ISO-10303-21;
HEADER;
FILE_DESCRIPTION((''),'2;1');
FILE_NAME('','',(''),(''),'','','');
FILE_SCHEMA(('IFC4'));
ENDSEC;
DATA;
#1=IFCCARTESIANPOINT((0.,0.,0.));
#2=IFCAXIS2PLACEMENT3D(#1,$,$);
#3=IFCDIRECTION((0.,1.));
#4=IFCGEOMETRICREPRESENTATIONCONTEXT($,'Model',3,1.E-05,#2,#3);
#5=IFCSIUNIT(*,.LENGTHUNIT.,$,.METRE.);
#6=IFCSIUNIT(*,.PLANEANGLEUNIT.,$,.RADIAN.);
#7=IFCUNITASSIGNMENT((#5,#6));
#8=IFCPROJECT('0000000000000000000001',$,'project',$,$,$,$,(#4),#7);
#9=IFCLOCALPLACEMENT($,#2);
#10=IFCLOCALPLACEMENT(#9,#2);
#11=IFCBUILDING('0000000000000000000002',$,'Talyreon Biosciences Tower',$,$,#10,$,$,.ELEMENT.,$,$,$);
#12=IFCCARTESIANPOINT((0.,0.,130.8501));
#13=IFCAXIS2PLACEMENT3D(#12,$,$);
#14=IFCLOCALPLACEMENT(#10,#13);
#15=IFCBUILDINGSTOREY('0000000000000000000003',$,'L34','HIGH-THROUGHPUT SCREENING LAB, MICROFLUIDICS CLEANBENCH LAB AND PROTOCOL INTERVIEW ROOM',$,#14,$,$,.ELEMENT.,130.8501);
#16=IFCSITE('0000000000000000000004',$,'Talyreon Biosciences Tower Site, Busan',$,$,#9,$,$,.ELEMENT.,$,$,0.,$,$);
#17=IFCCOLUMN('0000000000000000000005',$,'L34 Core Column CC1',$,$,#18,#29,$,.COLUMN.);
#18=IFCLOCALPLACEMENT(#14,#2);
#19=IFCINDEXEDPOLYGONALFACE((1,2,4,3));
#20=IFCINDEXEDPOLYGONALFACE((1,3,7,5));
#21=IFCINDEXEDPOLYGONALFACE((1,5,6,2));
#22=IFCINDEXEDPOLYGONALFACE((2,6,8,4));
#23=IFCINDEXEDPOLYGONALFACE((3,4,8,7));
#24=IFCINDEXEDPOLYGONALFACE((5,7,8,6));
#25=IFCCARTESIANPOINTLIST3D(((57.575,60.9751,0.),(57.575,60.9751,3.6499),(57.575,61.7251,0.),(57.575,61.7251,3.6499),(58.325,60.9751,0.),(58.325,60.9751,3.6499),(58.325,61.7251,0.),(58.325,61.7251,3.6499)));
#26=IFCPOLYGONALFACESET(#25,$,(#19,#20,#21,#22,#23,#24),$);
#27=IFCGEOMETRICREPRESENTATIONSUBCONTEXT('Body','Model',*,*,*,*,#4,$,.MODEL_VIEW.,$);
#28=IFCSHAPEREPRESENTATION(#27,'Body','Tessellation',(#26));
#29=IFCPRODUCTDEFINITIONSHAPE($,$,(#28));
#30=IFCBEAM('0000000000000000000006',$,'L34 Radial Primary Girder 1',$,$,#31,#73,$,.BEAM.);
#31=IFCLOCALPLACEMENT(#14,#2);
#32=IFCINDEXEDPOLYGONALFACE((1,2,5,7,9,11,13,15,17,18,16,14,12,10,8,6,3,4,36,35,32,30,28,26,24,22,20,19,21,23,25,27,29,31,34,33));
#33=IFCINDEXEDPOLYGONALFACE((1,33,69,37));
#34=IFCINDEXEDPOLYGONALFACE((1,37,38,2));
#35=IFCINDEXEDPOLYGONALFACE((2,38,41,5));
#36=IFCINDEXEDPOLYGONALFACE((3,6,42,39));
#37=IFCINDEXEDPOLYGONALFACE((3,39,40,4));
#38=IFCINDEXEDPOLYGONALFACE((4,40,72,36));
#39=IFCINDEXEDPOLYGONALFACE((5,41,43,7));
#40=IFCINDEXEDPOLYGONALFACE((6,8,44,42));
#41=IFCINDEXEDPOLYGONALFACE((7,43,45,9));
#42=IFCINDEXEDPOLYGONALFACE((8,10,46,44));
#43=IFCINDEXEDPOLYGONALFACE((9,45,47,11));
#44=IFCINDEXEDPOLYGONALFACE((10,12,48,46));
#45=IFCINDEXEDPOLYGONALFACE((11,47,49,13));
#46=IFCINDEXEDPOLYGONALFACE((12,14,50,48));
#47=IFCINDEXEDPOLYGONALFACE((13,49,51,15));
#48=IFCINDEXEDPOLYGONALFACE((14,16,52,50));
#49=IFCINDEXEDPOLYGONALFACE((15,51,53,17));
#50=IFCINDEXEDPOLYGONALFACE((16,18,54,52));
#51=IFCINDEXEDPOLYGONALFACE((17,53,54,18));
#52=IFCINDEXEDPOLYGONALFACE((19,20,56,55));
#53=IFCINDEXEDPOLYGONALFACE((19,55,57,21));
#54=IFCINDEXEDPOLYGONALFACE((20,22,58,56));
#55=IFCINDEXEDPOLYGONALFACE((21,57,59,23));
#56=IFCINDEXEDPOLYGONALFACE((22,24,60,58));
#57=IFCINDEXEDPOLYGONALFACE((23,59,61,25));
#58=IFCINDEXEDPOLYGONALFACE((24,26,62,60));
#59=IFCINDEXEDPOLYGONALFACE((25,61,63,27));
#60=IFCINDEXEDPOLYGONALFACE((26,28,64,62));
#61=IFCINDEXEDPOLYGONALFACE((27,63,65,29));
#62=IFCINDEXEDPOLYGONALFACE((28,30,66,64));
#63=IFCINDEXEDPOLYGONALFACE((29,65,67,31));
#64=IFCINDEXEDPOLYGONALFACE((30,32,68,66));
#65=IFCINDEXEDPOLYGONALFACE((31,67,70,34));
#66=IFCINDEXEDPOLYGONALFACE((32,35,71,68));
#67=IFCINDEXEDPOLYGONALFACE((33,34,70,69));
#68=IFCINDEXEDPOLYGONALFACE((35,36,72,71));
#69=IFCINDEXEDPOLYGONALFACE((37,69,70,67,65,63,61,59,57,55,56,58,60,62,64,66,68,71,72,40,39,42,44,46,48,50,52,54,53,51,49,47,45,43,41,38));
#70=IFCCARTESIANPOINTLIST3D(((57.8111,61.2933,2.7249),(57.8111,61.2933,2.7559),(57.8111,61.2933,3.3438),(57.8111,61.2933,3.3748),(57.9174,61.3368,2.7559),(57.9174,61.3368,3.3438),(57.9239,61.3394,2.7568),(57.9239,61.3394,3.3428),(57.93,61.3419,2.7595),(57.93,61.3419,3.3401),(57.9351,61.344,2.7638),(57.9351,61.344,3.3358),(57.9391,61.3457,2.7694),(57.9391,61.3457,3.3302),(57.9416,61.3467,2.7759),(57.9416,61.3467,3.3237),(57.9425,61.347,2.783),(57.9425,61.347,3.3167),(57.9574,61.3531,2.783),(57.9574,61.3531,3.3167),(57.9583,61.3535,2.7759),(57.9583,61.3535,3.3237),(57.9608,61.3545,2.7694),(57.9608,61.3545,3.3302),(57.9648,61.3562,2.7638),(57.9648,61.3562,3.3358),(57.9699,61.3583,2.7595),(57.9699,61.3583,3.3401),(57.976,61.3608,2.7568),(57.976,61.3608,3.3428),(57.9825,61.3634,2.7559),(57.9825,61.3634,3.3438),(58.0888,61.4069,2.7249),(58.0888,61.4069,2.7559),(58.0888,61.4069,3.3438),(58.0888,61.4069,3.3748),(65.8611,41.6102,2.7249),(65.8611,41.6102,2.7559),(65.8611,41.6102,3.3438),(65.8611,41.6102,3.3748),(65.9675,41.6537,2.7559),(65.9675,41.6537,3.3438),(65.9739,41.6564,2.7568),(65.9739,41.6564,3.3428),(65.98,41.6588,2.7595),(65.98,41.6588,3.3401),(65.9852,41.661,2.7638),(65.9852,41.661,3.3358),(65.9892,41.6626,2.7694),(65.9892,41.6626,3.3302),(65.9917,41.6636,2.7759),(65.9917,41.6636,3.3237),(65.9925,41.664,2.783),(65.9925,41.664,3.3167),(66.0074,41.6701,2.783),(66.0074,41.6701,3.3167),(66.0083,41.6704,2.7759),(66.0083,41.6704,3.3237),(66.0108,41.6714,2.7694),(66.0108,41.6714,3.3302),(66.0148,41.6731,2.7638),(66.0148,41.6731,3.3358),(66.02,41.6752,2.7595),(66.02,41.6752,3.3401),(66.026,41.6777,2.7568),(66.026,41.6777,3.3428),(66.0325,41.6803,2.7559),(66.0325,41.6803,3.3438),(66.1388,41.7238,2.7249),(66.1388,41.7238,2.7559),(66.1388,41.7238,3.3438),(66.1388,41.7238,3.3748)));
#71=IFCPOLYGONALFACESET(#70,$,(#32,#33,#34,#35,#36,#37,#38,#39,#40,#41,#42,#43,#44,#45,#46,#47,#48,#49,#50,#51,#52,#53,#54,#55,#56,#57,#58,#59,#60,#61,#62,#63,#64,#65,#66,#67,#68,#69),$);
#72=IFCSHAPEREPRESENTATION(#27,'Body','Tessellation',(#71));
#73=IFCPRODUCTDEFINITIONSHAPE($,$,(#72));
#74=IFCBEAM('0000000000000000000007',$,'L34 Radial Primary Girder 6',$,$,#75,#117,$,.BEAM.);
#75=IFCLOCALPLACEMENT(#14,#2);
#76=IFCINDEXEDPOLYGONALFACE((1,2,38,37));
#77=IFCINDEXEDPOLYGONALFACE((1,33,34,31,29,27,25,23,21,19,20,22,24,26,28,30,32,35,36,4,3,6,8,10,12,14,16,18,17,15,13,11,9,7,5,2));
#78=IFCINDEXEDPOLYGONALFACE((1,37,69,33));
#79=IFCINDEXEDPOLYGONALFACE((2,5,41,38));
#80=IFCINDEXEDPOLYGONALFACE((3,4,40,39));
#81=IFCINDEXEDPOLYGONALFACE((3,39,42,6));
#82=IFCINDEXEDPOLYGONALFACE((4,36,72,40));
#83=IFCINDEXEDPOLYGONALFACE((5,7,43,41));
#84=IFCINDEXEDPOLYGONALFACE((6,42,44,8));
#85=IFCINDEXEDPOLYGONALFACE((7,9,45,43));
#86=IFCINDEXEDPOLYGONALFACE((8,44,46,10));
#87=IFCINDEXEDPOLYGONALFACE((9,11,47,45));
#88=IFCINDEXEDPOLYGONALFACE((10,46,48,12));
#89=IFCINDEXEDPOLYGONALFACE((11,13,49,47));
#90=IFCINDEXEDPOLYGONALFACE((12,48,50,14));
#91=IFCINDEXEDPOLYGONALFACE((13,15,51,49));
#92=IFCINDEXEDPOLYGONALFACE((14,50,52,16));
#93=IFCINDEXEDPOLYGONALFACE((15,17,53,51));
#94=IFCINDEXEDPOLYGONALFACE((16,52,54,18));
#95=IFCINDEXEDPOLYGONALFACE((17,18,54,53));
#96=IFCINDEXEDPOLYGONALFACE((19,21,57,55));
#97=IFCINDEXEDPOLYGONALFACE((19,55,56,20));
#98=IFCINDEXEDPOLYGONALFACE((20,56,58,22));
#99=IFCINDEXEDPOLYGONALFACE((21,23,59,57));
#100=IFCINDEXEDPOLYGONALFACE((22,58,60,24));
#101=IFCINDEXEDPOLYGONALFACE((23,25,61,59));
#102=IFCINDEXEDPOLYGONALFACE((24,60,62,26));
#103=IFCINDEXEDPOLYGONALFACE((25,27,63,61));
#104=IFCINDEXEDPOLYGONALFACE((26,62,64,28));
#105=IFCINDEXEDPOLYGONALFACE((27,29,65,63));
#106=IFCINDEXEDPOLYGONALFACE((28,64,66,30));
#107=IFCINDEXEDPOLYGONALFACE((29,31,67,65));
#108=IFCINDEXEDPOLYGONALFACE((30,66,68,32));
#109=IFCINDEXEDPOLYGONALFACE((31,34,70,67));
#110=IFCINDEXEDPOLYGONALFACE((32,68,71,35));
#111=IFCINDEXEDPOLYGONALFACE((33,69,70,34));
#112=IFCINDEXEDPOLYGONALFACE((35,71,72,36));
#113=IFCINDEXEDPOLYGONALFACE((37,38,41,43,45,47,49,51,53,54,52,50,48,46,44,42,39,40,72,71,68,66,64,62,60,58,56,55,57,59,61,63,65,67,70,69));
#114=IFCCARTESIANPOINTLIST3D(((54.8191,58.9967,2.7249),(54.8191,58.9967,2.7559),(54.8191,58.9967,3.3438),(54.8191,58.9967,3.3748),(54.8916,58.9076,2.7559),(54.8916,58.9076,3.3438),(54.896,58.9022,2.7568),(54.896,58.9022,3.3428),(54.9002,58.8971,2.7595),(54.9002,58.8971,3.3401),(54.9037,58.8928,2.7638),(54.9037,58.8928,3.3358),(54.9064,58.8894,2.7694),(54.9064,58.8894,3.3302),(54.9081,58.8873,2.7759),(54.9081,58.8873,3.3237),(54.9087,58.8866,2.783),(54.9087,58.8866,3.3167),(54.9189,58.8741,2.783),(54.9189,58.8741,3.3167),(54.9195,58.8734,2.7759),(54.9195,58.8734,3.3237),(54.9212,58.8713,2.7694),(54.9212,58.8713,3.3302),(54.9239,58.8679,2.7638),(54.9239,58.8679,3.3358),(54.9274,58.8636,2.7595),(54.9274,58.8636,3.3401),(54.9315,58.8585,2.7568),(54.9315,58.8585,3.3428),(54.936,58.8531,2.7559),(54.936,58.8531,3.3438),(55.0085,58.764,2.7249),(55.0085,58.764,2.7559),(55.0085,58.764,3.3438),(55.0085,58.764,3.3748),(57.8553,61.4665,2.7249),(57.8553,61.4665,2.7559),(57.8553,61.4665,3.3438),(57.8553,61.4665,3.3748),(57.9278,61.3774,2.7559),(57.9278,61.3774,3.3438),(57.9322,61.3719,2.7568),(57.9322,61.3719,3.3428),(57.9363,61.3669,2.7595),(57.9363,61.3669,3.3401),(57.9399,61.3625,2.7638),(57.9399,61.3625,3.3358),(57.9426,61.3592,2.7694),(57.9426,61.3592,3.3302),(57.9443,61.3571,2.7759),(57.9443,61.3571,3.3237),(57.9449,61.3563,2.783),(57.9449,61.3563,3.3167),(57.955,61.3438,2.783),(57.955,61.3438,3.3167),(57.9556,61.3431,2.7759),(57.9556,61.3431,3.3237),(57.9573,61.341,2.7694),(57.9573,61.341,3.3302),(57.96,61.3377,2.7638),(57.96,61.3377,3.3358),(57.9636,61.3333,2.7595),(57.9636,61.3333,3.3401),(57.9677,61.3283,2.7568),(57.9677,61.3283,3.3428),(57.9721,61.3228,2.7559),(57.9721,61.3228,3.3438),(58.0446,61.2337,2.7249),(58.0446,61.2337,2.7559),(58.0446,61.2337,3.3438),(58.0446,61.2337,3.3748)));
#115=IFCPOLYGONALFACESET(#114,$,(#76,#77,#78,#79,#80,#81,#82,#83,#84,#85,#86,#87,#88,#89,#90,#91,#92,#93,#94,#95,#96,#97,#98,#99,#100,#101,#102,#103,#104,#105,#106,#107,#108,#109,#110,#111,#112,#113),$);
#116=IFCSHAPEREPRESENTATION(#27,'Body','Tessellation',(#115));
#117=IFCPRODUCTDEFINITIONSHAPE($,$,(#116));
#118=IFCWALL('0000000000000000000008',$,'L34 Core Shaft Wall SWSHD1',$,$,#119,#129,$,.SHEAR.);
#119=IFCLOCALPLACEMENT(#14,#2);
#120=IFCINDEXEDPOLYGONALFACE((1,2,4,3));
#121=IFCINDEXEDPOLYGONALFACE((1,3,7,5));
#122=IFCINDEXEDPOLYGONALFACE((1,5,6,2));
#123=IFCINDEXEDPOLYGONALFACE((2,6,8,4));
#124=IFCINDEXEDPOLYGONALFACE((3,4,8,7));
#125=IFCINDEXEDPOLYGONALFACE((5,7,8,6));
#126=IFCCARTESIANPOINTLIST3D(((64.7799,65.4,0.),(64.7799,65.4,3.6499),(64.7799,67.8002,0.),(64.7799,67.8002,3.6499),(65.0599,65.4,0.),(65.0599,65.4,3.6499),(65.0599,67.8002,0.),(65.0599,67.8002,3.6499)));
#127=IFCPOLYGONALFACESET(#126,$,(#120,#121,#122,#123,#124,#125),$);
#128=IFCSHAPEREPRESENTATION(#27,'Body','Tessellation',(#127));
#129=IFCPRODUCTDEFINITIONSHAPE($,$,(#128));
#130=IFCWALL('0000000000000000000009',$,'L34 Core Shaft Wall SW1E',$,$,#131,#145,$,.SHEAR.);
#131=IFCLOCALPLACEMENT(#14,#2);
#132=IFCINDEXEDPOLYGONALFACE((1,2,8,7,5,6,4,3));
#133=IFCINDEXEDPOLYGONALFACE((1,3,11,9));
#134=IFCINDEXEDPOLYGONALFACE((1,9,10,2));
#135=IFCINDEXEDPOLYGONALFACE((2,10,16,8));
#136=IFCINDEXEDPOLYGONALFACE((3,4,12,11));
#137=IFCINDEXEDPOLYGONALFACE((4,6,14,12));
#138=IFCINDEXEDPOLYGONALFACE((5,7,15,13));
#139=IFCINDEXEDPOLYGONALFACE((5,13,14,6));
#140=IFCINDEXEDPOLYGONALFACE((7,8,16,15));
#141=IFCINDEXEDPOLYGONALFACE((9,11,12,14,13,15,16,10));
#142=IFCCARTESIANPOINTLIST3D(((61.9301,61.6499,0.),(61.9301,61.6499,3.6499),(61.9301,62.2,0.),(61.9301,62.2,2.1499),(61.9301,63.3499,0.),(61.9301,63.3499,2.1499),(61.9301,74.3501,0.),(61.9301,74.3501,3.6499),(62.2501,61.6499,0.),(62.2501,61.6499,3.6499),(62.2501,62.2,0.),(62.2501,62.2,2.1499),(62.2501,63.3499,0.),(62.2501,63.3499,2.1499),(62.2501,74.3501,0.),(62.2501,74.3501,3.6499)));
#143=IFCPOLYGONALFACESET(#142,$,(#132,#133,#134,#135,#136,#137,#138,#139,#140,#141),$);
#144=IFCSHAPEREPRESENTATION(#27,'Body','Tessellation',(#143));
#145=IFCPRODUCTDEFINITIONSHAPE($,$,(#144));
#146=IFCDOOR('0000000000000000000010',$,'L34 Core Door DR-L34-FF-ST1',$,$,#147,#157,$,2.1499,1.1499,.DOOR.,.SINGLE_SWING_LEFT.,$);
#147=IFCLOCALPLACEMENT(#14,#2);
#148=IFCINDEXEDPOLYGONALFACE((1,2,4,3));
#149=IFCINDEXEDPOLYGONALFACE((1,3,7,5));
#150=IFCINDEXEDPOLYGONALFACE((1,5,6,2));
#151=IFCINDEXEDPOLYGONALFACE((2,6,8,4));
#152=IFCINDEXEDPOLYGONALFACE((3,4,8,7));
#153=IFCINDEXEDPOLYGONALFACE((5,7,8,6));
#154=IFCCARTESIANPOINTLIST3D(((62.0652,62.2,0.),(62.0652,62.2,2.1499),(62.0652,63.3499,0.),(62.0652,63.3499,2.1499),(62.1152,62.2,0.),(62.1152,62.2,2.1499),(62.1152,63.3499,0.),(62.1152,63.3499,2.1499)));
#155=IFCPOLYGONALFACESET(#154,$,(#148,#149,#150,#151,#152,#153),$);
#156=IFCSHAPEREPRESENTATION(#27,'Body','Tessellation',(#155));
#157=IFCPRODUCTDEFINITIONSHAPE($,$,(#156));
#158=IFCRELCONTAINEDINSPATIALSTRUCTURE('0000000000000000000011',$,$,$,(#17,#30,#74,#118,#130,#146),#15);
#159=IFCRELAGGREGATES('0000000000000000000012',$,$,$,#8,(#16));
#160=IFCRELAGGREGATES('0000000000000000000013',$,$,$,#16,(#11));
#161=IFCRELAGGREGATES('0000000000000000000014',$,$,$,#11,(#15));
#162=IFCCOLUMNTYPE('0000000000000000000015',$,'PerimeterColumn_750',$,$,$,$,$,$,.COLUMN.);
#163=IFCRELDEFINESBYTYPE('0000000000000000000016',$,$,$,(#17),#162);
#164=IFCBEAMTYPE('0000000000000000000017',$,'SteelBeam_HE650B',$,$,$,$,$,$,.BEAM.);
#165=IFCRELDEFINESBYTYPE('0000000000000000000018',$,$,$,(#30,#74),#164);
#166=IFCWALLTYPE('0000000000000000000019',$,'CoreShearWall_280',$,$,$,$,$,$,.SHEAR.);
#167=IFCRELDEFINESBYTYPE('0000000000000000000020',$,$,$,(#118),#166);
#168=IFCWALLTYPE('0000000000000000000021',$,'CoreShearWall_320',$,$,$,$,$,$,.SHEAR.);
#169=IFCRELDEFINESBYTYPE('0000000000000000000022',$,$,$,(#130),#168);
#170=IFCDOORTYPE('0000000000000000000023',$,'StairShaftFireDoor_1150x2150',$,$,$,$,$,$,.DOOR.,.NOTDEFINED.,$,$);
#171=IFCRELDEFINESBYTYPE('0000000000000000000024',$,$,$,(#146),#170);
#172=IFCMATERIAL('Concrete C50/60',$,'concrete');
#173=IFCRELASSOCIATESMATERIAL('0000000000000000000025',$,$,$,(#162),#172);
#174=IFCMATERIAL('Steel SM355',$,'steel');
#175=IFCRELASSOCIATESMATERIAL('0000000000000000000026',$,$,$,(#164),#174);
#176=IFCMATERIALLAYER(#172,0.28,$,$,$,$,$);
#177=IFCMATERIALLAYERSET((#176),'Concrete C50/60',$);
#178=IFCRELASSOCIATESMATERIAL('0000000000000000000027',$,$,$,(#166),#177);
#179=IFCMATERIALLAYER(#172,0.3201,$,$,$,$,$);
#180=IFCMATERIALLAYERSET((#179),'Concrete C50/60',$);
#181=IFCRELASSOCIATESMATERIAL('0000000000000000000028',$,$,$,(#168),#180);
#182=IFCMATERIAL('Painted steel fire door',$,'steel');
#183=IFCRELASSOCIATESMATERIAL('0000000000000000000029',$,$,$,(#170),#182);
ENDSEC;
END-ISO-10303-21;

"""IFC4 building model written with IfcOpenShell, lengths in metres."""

from ifc_helpers import new_model, si_unit, direction, frame, frame_2d, origin, origin_2d, place, context, subcontext, project, spatial, rectangle, i_section, extrude, material, layer, layer_set, material_profile, profile_set, type_object, element, fill, save


model = new_model("IFC4")

# Units and contexts
model_context = context("Model", 3, precision=1e-05, world=origin(), true_north=direction((0.0, 1.0)))
body_context = subcontext(model_context, "Body", "Model", "MODEL_VIEW")
ifc_project = project(units=[si_unit("LENGTHUNIT", "METRE"), si_unit("PLANEANGLEUNIT", "RADIAN")], contexts=[model_context])

# Site, building, storey
site_placement = place(None, origin())
site = spatial("IfcSite", under=ifc_project, at=site_placement, Name="Talyreon Biosciences Tower Site, Busan", CompositionType="ELEMENT", RefElevation=0.0)
building_placement = place(site_placement, origin())
building = spatial("IfcBuilding", under=site, at=building_placement, Name="Talyreon Biosciences Tower", CompositionType="ELEMENT")
storey_placement = place(building_placement, frame((0.0, 0.0, 130.8501)))
storey = spatial("IfcBuildingStorey", under=building, at=storey_placement, Name="L34", Description="HIGH-THROUGHPUT SCREENING LAB, MICROFLUIDICS CLEANBENCH LAB AND PROTOCOL INTERVIEW ROOM", CompositionType="ELEMENT", Elevation=130.8501)

# Column
ifc_material_1 = material(Name="Concrete C50/60", Category="concrete")
ifc_material_profile_1 = material_profile(ifc_material_1, rectangle(XDim=0.75, YDim=0.75, at=origin_2d()), Name="RC 750x750")
ifc_profile_set_1 = profile_set([ifc_material_profile_1], Name="Concrete C50/60")
column_type = type_object("IfcColumnType", Name="PerimeterColumn_750", PredefinedType="COLUMN", material=ifc_profile_set_1)
column_placement = place(storey_placement, frame((57.95, 61.3501, 0.0), z_axis=(0.0, 0.0, 1.0), x_axis=(1.0, 0.0, 0.0)))
element("IfcColumn", 1, at=column_placement, inside=storey, type_object=column_type, Name="L34 Core Column CC1", PredefinedType="COLUMN", context=body_context, shape_type="SweptSolid", body=[
    extrude(rectangle(XDim=0.75, YDim=0.75, at=origin_2d()), origin(), (0.0, 0.0, 1.0), 3.6499),
])

# Beams
ifc_material_2 = material(Name="Steel SM355", Category="steel")
ifc_material_profile_2 = material_profile(ifc_material_2, i_section(OverallWidth=0.3, OverallDepth=0.6499, WebThickness=0.0161, FlangeThickness=0.031, FilletRadius=0.0271, at=origin_2d()), Name="HE650B")
ifc_profile_set_2 = profile_set([ifc_material_profile_2], Name="Steel SM355")
beam_type = type_object("IfcBeamType", Name="SteelBeam_HE650B", PredefinedType="BEAM", material=ifc_profile_set_2)
beam_1_placement = place(storey_placement, frame((57.95, 61.3501, 3.0498), z_axis=(0.378547, -0.925582, 0.0), x_axis=(0.925582, 0.378547, 0.0)))
element("IfcBeam", 2, at=beam_1_placement, inside=storey, type_object=beam_type, Name="L34 Radial Primary Girder 1", PredefinedType="BEAM", context=body_context, shape_type="SweptSolid", body=[
    extrude(i_section(OverallWidth=0.3, OverallDepth=0.6499, WebThickness=0.0161, FlangeThickness=0.031, FilletRadius=0.0271, at=origin_2d()), origin(), (0.0, 0.0, 1.0), 21.2656),
])
beam_2_placement = place(storey_placement, frame((57.95, 61.3501, 3.0498), z_axis=(-0.775755, -0.631034, 0.0), x_axis=(0.631034, -0.775755, 0.0)))
element("IfcBeam", 3, at=beam_2_placement, inside=storey, type_object=beam_type, Name="L34 Radial Primary Girder 6", PredefinedType="BEAM", context=body_context, shape_type="SweptSolid", body=[
    extrude(i_section(OverallWidth=0.3, OverallDepth=0.6499, WebThickness=0.0161, FlangeThickness=0.031, FilletRadius=0.0271, at=origin_2d()), origin(), (0.0, 0.0, 1.0), 3.9138),
])

# Wall
ifc_layer_1 = layer(ifc_material_1, 0.28)
ifc_layer_set_1 = layer_set([ifc_layer_1], Name="Concrete C50/60")
wall_type_1 = type_object("IfcWallType", Name="CoreShearWall_280", PredefinedType="SHEAR", material=ifc_layer_set_1)
wall_1_placement = place(storey_placement, frame((64.9199, 65.3999, 0.0), z_axis=(0.0, 0.0, 1.0), x_axis=(0.0, 1.0, 0.0)))
element("IfcWall", 4, at=wall_1_placement, inside=storey, type_object=wall_type_1, Name="L34 Core Shaft Wall SWSHD1", PredefinedType="SHEAR", context=body_context, shape_type="SweptSolid", body=[
    extrude(rectangle(XDim=2.4001, YDim=0.28, at=frame_2d((1.2002, 0.0))), origin(), (0.0, 0.0, 1.0), 3.6499),
])

# Wall, opening, door
ifc_layer_2 = layer(ifc_material_1, 0.3201)
ifc_layer_set_2 = layer_set([ifc_layer_2], Name="Concrete C50/60")
wall_type_2 = type_object("IfcWallType", Name="CoreShearWall_320", PredefinedType="SHEAR", material=ifc_layer_set_2)
wall_2_placement = place(storey_placement, frame((62.0901, 61.6499, 0.0), z_axis=(0.0, 0.0, 1.0), x_axis=(0.0, 1.0, 0.0)))
wall_2 = element("IfcWall", 5, at=wall_2_placement, inside=storey, type_object=wall_type_2, Name="L34 Core Shaft Wall SW1E", PredefinedType="SHEAR", context=body_context, shape_type="SweptSolid", body=[
    extrude(rectangle(XDim=12.7002, YDim=0.3201, at=frame_2d((6.3501, 0.0))), origin(), (0.0, 0.0, 1.0), 3.6499),
])
opening_1_placement = place(wall_2_placement, frame((0.55, 0.0, 0.0)))
opening_1 = element("IfcOpeningElement", 6, at=opening_1_placement, cuts=wall_2, PredefinedType="OPENING", context=body_context, shape_type="SweptSolid", body=[
    extrude(rectangle(XDim=1.1499, YDim=2.1499, at=frame_2d((0.575, 1.075))), frame((0.0, 0.1699, 0.0), z_axis=(0.0, -1.0, 0.0), x_axis=(1.0, 0.0, 0.0)), (0.0, 0.0, 1.0), 0.3401),
])
ifc_material_3 = material(Name="Painted steel fire door", Category="steel")
door_type_1 = type_object("IfcDoorType", Name="StairShaftFireDoor_1150x2150", OperationType="NOTDEFINED", PredefinedType="DOOR", material=ifc_material_3)
door_1_placement = place(opening_1_placement, origin())
door_1 = element("IfcDoor", 7, at=door_1_placement, inside=storey, type_object=door_type_1, Name="L34 Core Door DR-L34-FF-ST1", OperationType="SINGLE_SWING_LEFT", OverallHeight=2.1499, OverallWidth=1.1499, PredefinedType="DOOR", context=body_context, shape_type="SweptSolid", body=[
    extrude(rectangle(XDim=1.1499, YDim=2.1499, at=frame_2d((0.575, 1.075))), frame((0.0, 0.0249, 0.0), z_axis=(0.0, -1.0, 0.0), x_axis=(1.0, 0.0, 0.0)), (0.0, 0.0, 1.0), 0.05),
])
fill(opening_1, door_1)

save(model, "model.ifc")
